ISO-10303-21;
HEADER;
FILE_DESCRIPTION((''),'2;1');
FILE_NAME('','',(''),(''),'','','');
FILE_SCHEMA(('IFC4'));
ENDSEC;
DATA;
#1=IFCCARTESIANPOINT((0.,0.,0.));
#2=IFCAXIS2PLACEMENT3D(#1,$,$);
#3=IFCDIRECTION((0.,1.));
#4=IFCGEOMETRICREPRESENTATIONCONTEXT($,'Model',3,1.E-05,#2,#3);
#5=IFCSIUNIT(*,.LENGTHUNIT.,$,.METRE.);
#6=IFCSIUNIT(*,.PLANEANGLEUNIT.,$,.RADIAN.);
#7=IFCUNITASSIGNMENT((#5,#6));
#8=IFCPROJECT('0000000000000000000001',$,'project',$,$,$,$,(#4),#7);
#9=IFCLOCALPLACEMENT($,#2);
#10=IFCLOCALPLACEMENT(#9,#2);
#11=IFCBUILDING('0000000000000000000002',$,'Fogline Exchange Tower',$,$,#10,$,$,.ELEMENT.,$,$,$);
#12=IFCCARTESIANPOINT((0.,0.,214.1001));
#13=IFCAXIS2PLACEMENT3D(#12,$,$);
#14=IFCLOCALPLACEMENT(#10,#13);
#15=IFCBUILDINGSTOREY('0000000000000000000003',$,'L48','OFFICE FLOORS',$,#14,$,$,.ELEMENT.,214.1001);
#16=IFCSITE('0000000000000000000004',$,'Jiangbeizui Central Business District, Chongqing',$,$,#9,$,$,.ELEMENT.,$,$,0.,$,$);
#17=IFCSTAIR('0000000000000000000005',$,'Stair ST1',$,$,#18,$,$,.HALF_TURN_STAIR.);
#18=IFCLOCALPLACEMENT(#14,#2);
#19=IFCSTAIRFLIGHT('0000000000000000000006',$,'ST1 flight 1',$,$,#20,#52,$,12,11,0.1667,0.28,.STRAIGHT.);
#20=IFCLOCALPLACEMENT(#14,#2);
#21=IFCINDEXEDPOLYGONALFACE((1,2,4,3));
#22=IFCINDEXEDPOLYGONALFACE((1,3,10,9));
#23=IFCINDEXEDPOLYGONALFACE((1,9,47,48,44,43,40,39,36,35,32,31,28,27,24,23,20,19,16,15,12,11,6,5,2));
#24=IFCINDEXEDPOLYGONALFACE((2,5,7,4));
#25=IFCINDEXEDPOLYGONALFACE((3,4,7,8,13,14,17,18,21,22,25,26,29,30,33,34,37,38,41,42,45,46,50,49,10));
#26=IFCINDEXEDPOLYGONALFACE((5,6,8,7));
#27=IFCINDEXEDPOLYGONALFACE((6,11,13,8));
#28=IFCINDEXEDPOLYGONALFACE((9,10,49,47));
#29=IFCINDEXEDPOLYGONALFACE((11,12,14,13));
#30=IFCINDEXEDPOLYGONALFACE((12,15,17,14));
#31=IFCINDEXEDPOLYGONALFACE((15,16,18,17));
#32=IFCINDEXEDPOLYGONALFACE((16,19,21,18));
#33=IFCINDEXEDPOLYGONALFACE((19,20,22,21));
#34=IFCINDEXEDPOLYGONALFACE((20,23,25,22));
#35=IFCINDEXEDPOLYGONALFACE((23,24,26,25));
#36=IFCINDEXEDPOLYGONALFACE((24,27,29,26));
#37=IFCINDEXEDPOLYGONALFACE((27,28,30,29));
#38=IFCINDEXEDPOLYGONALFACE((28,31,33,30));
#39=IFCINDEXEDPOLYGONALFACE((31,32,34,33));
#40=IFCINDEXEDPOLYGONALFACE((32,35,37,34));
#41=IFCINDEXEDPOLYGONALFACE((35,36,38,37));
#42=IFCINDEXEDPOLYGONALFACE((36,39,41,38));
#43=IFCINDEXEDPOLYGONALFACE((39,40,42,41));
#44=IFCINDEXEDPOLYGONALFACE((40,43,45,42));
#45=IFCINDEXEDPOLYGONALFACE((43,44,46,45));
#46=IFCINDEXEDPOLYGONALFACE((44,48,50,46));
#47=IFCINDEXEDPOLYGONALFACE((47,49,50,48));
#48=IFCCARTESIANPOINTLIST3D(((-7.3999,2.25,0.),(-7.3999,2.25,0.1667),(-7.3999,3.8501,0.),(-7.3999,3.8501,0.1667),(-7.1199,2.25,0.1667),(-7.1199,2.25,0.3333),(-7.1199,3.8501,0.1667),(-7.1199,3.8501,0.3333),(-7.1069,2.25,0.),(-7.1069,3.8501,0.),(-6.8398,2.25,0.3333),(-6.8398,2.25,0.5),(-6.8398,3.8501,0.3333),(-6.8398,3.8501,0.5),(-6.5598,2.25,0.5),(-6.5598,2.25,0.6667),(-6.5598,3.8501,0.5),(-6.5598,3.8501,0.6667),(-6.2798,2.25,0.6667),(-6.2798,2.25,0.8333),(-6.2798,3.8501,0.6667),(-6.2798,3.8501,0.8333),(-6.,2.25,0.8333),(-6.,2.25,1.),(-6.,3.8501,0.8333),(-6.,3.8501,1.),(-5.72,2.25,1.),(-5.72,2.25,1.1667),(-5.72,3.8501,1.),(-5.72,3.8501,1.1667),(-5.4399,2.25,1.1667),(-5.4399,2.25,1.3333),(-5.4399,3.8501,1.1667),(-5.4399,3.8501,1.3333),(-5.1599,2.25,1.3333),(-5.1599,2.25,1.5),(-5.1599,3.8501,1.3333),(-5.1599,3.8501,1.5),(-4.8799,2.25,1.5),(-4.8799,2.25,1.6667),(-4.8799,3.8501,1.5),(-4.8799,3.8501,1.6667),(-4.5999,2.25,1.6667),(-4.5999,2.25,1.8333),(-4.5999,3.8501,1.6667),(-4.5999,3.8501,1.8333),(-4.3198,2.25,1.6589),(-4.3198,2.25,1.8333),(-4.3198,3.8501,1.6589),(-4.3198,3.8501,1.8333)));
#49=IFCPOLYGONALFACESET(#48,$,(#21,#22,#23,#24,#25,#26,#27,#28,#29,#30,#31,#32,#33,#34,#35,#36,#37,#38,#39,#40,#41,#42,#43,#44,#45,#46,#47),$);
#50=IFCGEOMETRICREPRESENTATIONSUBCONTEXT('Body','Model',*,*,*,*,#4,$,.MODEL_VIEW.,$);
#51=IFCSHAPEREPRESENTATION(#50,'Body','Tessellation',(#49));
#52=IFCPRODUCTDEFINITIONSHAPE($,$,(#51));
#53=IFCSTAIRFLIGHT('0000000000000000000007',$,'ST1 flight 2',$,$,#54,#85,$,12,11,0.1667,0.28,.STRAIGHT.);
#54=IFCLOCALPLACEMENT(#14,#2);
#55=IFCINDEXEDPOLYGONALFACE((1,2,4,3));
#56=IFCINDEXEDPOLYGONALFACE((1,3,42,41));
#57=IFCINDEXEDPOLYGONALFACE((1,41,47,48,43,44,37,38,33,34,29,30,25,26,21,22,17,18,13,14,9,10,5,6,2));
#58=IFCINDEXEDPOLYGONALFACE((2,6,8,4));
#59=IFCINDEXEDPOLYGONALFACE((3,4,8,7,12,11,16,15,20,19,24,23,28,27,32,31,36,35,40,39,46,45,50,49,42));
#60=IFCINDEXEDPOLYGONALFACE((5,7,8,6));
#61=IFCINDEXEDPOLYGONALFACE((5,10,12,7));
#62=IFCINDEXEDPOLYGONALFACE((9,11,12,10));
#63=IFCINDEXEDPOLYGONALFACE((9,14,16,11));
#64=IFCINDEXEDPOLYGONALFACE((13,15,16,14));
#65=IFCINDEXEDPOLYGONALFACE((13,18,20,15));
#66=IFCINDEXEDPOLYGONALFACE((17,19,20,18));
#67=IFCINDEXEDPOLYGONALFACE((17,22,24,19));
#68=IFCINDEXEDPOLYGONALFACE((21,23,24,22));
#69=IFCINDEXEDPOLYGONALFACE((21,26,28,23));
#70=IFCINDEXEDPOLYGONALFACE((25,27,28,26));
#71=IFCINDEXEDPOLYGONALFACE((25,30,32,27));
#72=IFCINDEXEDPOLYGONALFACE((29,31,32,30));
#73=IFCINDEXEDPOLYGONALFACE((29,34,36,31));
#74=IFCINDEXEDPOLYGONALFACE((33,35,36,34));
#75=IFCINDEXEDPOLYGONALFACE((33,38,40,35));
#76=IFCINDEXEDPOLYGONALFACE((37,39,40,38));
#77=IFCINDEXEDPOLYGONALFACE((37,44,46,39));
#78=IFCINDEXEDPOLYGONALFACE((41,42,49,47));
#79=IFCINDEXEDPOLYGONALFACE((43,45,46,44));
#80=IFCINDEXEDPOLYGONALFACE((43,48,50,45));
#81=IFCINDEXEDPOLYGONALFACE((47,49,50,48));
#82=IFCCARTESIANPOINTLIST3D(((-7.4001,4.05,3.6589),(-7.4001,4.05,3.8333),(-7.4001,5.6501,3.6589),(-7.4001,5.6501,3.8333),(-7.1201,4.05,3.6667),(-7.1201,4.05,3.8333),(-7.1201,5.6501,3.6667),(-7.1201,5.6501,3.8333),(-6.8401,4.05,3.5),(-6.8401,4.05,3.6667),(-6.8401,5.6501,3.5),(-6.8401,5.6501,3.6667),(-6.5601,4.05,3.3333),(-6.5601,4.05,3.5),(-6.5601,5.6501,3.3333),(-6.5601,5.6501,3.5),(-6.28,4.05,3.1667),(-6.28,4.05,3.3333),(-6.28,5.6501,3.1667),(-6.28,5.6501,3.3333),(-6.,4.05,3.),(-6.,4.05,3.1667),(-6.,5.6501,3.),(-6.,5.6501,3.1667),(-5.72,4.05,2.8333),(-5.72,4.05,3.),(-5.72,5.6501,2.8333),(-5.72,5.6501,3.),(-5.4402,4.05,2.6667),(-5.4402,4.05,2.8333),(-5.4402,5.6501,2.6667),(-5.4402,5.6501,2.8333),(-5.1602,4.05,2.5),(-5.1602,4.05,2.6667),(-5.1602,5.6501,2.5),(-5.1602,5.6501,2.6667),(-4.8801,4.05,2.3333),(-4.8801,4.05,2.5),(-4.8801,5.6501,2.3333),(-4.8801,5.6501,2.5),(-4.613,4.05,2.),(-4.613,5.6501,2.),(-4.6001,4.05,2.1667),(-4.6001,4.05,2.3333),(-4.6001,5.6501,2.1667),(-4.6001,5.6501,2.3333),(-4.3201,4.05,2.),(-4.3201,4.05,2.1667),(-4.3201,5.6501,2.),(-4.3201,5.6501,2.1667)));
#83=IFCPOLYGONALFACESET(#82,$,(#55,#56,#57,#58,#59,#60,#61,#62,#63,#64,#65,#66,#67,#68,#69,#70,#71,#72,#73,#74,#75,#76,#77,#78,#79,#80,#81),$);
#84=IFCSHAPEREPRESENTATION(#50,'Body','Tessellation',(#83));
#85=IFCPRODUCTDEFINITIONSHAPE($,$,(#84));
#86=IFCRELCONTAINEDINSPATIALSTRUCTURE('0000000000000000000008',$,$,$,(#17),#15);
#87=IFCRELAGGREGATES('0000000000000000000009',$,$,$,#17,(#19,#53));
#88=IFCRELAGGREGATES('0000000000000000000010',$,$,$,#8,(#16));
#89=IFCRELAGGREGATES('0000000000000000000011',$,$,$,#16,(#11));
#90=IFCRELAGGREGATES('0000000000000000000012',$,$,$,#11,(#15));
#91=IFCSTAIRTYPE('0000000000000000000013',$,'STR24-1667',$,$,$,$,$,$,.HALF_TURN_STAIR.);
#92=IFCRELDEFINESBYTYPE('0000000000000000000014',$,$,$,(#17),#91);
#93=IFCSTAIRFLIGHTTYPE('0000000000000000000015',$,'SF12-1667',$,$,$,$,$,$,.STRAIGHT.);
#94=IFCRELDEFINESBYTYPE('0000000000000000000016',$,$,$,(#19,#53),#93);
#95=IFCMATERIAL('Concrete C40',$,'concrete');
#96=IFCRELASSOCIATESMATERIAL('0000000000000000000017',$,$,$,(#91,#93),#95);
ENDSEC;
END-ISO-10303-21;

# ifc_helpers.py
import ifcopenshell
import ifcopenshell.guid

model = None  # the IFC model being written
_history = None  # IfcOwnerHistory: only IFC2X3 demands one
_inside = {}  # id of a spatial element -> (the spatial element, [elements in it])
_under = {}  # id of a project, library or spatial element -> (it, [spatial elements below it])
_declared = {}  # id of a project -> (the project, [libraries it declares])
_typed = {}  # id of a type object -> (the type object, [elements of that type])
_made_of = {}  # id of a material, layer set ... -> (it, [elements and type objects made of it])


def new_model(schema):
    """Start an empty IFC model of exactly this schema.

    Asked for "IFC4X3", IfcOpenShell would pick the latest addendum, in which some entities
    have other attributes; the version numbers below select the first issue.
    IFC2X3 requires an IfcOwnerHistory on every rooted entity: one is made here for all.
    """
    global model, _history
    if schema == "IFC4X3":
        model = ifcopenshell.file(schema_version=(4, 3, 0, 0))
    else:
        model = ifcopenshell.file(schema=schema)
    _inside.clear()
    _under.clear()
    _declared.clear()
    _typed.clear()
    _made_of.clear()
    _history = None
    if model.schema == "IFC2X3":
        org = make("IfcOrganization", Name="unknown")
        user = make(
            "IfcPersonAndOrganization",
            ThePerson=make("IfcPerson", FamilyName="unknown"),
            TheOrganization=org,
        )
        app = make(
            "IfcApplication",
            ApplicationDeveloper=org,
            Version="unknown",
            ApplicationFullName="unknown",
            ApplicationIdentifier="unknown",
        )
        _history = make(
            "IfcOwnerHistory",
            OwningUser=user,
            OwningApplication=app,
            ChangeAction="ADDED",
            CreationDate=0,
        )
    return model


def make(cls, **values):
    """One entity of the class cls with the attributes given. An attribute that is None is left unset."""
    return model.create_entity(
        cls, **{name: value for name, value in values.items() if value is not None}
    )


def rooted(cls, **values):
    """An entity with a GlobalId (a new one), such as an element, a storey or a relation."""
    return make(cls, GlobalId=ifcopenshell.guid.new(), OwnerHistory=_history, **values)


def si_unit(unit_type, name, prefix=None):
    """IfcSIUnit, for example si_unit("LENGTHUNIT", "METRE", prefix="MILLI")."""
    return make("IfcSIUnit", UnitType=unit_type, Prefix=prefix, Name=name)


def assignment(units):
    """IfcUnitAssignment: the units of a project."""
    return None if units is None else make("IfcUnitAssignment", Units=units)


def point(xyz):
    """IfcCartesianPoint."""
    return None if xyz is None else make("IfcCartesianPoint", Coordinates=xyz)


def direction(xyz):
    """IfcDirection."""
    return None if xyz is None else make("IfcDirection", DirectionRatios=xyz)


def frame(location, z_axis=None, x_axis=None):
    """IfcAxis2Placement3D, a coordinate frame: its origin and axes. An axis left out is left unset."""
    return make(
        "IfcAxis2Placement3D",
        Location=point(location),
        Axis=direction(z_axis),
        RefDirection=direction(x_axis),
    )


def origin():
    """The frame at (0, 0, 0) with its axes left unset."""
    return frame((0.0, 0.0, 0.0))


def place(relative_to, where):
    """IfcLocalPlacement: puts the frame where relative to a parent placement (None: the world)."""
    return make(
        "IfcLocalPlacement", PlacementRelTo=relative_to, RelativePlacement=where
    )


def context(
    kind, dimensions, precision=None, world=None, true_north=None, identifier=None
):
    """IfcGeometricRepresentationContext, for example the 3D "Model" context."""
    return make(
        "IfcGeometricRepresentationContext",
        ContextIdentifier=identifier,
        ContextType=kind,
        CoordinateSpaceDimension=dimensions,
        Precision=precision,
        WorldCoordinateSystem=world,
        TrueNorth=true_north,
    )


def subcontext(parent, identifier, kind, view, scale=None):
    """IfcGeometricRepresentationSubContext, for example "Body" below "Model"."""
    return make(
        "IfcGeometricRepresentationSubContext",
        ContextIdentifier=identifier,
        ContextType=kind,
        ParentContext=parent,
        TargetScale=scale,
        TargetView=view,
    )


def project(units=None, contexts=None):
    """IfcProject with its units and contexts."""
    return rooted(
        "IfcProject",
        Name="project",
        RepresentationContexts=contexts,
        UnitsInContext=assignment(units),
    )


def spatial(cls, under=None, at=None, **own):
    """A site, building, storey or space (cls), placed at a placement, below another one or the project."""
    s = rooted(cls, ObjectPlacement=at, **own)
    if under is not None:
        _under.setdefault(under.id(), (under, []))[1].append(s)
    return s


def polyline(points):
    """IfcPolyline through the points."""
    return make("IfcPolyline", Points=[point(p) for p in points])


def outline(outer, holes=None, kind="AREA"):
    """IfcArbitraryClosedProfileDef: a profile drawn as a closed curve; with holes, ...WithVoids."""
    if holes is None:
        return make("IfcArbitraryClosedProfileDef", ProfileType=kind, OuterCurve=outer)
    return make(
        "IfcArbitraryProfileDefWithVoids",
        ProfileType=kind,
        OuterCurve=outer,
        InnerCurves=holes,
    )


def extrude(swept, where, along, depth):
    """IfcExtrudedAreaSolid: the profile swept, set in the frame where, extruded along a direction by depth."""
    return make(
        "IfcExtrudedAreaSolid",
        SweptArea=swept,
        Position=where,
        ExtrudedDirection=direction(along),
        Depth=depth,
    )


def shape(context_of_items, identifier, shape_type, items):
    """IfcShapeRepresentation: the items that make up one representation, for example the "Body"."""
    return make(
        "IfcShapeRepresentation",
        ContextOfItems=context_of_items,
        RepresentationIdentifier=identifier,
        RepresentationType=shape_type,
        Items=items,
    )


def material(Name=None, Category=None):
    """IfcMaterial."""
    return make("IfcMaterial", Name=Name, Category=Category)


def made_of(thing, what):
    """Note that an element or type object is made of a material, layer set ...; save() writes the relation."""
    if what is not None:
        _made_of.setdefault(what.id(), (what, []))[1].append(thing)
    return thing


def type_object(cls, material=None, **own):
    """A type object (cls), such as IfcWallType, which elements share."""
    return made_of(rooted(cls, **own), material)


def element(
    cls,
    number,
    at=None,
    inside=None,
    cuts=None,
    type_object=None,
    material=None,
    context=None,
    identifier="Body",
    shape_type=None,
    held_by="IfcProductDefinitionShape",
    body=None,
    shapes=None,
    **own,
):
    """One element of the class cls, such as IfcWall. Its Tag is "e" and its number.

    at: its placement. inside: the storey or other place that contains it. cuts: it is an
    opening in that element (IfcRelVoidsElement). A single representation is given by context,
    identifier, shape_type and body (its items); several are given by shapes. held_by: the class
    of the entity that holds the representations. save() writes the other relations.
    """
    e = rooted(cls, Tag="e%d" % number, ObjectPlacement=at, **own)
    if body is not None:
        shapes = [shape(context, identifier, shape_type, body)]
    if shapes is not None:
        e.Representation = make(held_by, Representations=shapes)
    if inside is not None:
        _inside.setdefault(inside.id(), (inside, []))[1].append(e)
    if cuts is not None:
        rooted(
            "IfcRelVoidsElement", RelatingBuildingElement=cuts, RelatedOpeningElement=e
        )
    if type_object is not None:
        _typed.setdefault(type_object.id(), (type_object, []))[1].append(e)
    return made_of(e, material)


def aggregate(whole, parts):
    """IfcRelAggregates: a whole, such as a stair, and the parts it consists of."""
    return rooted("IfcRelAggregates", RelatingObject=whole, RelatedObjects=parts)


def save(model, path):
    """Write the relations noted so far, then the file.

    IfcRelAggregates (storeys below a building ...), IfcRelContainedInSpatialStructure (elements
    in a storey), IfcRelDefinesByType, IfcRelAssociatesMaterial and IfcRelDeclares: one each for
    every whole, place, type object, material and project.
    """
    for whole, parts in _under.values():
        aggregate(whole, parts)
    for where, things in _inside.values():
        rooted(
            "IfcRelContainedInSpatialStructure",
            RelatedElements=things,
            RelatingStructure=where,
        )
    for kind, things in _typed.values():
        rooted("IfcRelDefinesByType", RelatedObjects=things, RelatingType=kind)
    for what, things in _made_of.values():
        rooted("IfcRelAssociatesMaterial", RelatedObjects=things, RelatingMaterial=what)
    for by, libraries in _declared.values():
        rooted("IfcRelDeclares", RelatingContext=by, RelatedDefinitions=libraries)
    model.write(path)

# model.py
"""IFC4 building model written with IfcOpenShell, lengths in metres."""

from ifc_helpers import new_model, si_unit, direction, frame, origin, place, context, subcontext, project, spatial, polyline, outline, extrude, material, type_object, element, aggregate, save


model = new_model("IFC4")

# Units and contexts
model_context = context("Model", 3, precision=1e-05, world=origin(), true_north=direction((0.0, 1.0)))
body_context = subcontext(model_context, "Body", "Model", "MODEL_VIEW")
ifc_project = project(units=[si_unit("LENGTHUNIT", "METRE"), si_unit("PLANEANGLEUNIT", "RADIAN")], contexts=[model_context])

# Site, building, storey
site_placement = place(None, origin())
site = spatial("IfcSite", under=ifc_project, at=site_placement, Name="Jiangbeizui Central Business District, Chongqing", CompositionType="ELEMENT", RefElevation=0.0)
building_placement = place(site_placement, origin())
building = spatial("IfcBuilding", under=site, at=building_placement, Name="Fogline Exchange Tower", CompositionType="ELEMENT")
storey_placement = place(building_placement, frame((0.0, 0.0, 214.1001)))
storey = spatial("IfcBuildingStorey", under=building, at=storey_placement, Name="L48", Description="OFFICE FLOORS", CompositionType="ELEMENT", Elevation=214.1001)

# Shared definitions
ifc_material_1 = material(Name="Concrete C40", Category="concrete")

# Stair, stair flights
stair_type = type_object("IfcStairType", Name="STR24-1667", PredefinedType="HALF_TURN_STAIR", material=ifc_material_1)
stair_placement = place(storey_placement, origin())
stair = element("IfcStair", 1, at=stair_placement, inside=storey, type_object=stair_type, Name="Stair ST1", PredefinedType="HALF_TURN_STAIR")
stair_flight_type = type_object("IfcStairFlightType", Name="SF12-1667", PredefinedType="STRAIGHT", material=ifc_material_1)
stair_flight_1_placement = place(storey_placement, frame((-7.3999, 3.05, 0.0), z_axis=(0.0, 0.0, 1.0), x_axis=(1.0, 0.0, 0.0)))
stair_flight_1 = element("IfcStairFlight", 2, at=stair_flight_1_placement, type_object=stair_flight_type, Name="ST1 flight 1", NumberOfRisers=12, NumberOfTreads=11, PredefinedType="STRAIGHT", RiserHeight=0.1667, TreadLength=0.28, context=body_context, shape_type="SweptSolid", body=[
    extrude(outline(polyline([(0.0, 0.0), (0.0, 0.1667), (0.28, 0.1667), (0.28, 0.3333), (0.5601, 0.3333), (0.5601, 0.5), (0.8401, 0.5), (0.8401, 0.6667), (1.1201, 0.6667), (1.1201, 0.8333), (1.3999, 0.8333), (1.3999, 1.0), (1.6799, 1.0), (1.6799, 1.1667), (1.96, 1.1667), (1.96, 1.3333), (2.24, 1.3333), (2.24, 1.5), (2.52, 1.5), (2.52, 1.6667), (2.8, 1.6667), (2.8, 1.8333), (3.0801, 1.8333), (3.0801, 2.0), (3.0801, 1.6589), (0.293, 0.0), (0.0, 0.0)])), frame((0.0, 0.8, 0.0), z_axis=(0.0, -1.0, 0.0), x_axis=(1.0, 0.0, 0.0)), (0.0, 0.0, 1.0), 1.6001),
])
stair_flight_2_placement = place(storey_placement, frame((-4.3201, 4.8501, 2.0), z_axis=(0.0, 0.0, 1.0), x_axis=(-1.0, 0.0, 0.0)))
stair_flight_2 = element("IfcStairFlight", 3, at=stair_flight_2_placement, type_object=stair_flight_type, Name="ST1 flight 2", NumberOfRisers=12, NumberOfTreads=11, PredefinedType="STRAIGHT", RiserHeight=0.1667, TreadLength=0.28, context=body_context, shape_type="SweptSolid", body=[
    extrude(outline(polyline([(0.0, 0.0), (0.0, 0.1667), (0.28, 0.1667), (0.28, 0.3333), (0.5601, 0.3333), (0.5601, 0.5), (0.8401, 0.5), (0.8401, 0.6667), (1.1201, 0.6667), (1.1201, 0.8333), (1.3999, 0.8333), (1.3999, 1.0), (1.6799, 1.0), (1.6799, 1.1667), (1.96, 1.1667), (1.96, 1.3333), (2.24, 1.3333), (2.24, 1.5), (2.52, 1.5), (2.52, 1.6667), (2.8, 1.6667), (2.8, 1.8333), (3.0801, 1.8333), (3.0801, 2.0), (3.0801, 1.6589), (0.293, 0.0), (0.0, 0.0)])), frame((0.0, 0.8, 0.0), z_axis=(0.0, -1.0, 0.0), x_axis=(1.0, 0.0, 0.0)), (0.0, 0.0, 1.0), 1.6001),
])
aggregate(stair, [stair_flight_1, stair_flight_2])

save(model, "model.ifc")
